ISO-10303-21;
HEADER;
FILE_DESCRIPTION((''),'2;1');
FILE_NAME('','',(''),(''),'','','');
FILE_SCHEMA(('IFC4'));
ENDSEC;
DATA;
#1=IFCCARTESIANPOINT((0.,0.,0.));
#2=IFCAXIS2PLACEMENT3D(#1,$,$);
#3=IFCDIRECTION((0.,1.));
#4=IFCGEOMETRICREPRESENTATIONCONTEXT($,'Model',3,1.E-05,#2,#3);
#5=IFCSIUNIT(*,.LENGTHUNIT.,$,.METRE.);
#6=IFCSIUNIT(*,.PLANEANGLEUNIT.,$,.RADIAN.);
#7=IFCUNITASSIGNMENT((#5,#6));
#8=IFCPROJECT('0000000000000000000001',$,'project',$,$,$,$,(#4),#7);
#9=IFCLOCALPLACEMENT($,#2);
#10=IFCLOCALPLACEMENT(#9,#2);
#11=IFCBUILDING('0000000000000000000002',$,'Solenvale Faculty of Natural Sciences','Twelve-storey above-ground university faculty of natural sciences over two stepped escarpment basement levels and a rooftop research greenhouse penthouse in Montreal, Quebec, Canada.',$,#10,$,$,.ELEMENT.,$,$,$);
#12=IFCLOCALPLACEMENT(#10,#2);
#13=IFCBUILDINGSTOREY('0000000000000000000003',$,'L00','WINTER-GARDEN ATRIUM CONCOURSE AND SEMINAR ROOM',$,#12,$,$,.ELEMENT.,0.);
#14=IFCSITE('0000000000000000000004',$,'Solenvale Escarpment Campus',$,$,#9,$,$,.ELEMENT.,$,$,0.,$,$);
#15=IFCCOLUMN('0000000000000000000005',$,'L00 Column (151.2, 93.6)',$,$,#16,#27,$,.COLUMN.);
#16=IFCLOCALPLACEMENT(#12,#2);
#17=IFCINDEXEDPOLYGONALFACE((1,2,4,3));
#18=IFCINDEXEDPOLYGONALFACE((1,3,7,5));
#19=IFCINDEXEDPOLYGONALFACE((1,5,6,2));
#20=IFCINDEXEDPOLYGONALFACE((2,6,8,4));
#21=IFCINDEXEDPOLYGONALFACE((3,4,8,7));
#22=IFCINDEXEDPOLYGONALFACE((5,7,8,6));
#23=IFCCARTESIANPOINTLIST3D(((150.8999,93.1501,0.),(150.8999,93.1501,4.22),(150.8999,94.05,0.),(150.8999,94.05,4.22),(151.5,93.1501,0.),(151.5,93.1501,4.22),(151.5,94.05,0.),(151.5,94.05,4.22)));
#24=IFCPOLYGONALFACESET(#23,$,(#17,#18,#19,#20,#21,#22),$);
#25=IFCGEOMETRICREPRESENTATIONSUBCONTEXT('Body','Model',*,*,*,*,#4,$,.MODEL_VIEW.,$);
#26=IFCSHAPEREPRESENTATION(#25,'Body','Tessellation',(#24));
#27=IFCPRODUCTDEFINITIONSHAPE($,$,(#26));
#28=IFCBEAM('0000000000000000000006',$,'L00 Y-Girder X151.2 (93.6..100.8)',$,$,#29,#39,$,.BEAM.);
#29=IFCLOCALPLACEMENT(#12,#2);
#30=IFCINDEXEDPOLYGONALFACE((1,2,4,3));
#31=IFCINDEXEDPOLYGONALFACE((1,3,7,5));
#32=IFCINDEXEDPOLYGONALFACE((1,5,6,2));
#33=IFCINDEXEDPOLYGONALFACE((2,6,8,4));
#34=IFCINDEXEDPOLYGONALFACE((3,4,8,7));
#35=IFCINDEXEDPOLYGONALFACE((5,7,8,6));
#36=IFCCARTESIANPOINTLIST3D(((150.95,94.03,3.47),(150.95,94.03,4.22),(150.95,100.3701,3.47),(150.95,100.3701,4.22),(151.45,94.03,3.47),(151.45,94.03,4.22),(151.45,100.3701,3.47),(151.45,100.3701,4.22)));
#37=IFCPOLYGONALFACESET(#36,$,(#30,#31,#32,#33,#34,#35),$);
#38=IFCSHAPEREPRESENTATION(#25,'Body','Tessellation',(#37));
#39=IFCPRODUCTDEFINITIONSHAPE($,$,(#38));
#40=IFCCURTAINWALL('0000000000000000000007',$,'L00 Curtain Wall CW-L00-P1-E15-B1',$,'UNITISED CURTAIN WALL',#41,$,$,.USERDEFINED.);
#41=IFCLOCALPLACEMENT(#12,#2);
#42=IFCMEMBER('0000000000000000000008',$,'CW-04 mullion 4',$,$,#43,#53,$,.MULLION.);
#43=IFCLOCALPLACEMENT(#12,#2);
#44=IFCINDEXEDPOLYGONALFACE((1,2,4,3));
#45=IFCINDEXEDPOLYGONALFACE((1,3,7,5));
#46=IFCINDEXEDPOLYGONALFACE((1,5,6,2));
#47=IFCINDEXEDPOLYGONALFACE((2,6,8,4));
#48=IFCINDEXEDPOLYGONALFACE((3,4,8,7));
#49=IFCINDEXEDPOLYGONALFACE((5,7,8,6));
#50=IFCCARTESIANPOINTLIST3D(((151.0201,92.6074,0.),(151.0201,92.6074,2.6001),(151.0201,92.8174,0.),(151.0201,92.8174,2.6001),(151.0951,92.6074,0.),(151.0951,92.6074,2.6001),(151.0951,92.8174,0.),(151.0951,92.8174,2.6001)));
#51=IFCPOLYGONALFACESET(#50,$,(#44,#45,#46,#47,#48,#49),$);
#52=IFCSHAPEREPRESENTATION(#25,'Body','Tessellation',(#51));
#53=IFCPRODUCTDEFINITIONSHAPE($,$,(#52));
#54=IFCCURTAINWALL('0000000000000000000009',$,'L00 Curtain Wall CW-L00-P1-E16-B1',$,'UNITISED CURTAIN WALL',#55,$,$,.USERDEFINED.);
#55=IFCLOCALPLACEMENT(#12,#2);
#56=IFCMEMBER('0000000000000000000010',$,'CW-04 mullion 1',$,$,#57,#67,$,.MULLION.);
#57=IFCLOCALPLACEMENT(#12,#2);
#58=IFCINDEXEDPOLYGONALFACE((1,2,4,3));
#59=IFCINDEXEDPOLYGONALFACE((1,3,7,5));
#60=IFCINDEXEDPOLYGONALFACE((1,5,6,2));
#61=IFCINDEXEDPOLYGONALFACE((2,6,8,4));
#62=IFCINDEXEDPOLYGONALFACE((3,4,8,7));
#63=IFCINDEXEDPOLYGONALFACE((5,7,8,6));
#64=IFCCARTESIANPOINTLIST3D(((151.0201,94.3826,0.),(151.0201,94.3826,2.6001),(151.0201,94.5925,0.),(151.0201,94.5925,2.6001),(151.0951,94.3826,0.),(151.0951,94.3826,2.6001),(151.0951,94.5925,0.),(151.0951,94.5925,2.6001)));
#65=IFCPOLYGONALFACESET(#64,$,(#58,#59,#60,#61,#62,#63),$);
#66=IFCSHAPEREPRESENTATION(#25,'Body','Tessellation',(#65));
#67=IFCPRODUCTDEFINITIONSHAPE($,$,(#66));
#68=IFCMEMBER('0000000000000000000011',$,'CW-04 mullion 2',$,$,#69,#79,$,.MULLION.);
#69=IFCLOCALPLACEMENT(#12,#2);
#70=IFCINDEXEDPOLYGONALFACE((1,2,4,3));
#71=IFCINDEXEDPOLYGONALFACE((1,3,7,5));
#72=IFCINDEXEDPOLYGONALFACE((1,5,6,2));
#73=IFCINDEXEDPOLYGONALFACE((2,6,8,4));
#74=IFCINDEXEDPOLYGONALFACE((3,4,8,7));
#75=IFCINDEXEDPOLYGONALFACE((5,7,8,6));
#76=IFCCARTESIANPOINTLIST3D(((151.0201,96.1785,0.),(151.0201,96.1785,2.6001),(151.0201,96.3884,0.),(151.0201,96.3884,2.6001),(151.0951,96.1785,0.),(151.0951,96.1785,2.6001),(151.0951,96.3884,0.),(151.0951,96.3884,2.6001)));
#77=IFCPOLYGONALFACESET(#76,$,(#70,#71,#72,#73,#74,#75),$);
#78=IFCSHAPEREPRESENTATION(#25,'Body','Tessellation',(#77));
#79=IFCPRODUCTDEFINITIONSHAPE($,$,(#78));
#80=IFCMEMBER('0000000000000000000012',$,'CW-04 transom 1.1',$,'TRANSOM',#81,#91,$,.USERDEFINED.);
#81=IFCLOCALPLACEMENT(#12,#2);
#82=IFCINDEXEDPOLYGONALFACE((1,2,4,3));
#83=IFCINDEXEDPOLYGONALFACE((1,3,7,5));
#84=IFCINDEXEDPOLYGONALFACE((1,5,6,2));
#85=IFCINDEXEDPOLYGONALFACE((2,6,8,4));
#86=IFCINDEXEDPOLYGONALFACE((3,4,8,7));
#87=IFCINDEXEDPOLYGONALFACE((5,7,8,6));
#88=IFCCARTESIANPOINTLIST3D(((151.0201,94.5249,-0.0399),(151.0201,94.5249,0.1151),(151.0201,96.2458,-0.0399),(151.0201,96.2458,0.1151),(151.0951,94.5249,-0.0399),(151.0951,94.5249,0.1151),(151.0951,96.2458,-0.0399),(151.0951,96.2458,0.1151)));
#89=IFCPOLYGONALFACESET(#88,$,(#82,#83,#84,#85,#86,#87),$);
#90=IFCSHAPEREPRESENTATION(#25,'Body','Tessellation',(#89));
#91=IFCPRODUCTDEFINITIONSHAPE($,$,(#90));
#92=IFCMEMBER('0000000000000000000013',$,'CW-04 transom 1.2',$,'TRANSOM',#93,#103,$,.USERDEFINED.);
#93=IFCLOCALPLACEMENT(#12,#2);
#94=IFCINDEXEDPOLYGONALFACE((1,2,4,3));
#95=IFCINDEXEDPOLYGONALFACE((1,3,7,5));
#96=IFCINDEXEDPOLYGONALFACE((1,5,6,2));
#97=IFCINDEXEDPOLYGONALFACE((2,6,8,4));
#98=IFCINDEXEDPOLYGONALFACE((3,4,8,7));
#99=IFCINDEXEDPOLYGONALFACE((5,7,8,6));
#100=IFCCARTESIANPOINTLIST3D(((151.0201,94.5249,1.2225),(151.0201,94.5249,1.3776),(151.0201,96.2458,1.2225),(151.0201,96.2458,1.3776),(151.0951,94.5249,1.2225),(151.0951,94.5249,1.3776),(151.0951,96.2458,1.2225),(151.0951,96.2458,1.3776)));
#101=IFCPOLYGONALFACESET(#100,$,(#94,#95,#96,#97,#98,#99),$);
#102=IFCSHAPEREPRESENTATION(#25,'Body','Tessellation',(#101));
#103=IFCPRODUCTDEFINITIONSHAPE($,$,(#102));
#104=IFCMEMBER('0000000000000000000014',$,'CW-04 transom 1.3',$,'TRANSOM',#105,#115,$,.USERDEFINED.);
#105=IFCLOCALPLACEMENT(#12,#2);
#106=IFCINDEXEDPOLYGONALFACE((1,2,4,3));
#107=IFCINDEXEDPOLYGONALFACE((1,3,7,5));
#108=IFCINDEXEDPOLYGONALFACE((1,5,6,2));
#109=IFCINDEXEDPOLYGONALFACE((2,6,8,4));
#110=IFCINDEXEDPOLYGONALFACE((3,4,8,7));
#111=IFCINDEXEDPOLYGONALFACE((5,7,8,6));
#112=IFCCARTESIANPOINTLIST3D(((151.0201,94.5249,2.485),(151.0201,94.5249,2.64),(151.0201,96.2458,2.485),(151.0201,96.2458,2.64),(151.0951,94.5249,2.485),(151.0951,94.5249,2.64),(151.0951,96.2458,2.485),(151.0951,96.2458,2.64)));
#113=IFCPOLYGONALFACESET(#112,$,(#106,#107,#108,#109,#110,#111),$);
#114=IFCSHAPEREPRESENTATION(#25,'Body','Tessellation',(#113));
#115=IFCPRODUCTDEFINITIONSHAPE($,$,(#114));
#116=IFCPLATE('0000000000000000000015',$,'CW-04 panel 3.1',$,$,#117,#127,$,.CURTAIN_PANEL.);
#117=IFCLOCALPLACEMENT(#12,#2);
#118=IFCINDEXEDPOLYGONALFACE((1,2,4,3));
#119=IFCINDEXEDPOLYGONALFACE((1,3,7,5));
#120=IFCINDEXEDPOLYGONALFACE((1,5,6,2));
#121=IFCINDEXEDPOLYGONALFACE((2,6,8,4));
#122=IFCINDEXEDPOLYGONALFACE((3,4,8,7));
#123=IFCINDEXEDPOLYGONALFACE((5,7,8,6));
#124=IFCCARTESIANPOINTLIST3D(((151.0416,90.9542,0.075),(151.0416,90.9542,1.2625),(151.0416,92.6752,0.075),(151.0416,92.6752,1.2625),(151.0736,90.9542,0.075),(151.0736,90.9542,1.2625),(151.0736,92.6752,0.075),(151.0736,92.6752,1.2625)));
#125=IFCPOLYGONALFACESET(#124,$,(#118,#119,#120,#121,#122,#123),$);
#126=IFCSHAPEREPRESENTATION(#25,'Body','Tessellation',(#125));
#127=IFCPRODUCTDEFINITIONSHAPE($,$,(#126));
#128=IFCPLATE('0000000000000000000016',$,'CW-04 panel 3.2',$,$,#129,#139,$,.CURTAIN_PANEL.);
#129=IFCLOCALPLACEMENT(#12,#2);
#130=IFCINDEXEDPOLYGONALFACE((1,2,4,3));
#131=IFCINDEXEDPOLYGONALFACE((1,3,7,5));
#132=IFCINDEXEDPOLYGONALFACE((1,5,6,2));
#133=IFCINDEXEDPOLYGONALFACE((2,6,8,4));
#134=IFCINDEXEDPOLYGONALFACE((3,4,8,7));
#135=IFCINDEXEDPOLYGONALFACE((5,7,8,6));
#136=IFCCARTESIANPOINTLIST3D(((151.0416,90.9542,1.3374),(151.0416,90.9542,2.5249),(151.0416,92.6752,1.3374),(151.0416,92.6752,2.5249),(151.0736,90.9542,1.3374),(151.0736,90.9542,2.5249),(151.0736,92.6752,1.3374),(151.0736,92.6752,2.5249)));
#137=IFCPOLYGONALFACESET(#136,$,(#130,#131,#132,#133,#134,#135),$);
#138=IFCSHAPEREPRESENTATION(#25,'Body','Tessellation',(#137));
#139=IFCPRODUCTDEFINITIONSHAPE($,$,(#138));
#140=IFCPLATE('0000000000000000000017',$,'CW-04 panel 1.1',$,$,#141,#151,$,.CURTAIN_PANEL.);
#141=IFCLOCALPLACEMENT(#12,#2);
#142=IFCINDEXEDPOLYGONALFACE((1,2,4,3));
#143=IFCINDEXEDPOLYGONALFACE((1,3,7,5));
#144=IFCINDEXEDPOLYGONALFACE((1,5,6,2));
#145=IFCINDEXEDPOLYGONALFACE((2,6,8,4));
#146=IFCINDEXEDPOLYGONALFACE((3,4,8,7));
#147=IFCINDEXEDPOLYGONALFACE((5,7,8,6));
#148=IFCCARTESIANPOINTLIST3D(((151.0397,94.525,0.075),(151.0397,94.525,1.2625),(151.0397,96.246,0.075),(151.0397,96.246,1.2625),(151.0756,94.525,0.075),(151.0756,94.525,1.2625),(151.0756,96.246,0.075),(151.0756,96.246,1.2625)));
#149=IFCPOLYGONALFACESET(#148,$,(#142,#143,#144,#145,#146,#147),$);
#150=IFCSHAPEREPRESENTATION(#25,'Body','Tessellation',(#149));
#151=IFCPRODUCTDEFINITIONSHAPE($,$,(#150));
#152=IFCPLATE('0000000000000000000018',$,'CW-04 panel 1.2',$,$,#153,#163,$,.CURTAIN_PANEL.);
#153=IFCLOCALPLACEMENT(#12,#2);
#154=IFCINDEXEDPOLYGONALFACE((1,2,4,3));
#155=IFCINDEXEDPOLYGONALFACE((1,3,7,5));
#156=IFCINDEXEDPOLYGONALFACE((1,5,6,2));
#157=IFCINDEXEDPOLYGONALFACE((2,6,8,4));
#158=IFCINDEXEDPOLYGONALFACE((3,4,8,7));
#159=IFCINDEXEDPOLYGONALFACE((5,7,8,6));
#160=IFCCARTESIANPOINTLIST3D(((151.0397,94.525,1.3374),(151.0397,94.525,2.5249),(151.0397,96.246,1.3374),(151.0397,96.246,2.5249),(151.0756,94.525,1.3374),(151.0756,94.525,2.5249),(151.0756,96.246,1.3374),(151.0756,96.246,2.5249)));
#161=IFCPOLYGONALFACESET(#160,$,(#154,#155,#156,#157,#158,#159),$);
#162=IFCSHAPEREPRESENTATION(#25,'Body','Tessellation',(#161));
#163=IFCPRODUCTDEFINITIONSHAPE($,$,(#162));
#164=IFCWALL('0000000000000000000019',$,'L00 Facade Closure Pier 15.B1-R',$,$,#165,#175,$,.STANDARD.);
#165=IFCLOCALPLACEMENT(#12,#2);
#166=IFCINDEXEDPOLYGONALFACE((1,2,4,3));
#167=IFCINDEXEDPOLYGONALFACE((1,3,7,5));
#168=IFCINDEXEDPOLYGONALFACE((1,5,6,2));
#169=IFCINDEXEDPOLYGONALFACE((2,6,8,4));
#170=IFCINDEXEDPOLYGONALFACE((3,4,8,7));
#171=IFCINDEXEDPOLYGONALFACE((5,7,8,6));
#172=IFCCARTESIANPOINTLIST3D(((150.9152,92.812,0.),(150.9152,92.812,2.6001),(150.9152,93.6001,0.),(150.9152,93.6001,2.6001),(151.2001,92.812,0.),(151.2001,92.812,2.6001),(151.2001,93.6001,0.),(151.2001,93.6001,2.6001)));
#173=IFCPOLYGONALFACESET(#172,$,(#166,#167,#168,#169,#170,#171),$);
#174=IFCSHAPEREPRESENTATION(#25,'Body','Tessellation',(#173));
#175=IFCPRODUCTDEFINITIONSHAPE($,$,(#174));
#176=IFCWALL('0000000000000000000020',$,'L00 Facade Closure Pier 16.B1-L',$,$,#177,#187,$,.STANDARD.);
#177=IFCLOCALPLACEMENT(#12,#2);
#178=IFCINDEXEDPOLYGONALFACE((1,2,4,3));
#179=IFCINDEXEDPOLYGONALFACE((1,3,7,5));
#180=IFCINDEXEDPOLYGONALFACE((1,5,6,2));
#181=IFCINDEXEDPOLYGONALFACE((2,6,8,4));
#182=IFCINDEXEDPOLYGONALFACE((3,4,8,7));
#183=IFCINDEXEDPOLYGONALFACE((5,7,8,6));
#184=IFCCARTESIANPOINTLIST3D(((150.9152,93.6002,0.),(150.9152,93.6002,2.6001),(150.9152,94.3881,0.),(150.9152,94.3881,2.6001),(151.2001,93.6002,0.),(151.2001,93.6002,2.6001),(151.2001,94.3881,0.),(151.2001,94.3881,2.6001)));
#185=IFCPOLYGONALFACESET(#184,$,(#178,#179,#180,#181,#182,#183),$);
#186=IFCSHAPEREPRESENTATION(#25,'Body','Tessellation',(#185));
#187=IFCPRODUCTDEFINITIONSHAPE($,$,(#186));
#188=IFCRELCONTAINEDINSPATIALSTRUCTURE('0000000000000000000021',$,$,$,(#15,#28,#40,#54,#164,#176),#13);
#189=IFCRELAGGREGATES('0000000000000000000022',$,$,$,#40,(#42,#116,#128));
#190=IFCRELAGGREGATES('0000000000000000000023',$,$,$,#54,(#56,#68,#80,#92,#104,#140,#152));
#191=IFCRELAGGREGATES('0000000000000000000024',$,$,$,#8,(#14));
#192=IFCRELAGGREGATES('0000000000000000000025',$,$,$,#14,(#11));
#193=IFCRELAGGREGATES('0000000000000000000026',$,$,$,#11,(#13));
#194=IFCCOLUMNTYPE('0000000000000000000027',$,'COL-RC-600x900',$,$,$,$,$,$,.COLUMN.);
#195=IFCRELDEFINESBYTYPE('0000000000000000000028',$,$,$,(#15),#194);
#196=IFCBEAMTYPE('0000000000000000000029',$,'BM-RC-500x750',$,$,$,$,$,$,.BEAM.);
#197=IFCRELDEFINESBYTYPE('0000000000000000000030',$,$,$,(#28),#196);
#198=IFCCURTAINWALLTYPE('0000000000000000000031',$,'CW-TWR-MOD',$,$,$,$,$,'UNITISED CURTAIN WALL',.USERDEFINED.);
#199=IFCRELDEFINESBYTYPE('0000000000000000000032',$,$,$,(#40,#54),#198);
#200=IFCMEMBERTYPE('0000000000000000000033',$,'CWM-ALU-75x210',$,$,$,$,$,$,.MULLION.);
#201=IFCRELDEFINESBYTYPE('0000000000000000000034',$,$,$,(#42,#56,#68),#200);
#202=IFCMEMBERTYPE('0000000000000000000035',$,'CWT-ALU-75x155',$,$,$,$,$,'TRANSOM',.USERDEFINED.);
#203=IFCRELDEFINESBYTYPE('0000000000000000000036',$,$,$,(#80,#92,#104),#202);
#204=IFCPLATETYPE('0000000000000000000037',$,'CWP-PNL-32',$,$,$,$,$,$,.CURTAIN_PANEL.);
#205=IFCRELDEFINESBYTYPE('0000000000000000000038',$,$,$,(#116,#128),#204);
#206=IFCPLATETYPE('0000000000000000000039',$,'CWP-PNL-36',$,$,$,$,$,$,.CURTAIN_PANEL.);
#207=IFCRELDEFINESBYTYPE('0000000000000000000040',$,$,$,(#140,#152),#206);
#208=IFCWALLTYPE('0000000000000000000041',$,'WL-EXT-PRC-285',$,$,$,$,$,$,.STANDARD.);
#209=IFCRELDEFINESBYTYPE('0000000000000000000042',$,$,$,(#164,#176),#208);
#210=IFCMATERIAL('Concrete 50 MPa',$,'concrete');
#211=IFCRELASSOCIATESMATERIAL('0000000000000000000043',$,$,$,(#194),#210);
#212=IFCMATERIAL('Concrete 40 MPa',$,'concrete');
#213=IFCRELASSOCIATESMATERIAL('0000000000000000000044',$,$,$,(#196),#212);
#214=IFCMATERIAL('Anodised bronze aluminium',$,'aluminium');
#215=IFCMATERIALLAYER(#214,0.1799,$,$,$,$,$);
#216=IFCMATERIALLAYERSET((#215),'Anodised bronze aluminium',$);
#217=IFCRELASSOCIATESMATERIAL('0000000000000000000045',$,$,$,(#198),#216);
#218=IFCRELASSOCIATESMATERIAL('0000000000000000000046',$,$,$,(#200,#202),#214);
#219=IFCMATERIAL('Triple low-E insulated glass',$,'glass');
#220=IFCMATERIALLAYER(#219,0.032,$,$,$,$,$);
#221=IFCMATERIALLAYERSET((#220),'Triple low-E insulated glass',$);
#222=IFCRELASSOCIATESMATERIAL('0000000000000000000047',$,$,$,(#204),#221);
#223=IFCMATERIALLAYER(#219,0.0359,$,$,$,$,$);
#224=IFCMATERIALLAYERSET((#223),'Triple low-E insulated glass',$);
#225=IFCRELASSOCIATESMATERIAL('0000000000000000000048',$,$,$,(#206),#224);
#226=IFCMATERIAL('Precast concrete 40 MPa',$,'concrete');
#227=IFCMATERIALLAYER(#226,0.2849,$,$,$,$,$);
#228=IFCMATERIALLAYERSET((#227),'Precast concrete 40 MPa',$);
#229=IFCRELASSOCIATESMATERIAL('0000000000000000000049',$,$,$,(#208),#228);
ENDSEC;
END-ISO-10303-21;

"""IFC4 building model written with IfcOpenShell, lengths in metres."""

from ifc_helpers import new_model, si_unit, direction, frame, frame_2d, origin, origin_2d, place, context, subcontext, project, spatial, rectangle, extrude, material, layer, layer_set, material_profile, profile_set, type_object, element, aggregate, save


model = new_model("IFC4")

# Units and contexts
model_context = context("Model", 3, precision=1e-05, world=origin(), true_north=direction((0.0, 1.0)))
body_context = subcontext(model_context, "Body", "Model", "MODEL_VIEW")
ifc_project = project(units=[si_unit("LENGTHUNIT", "METRE"), si_unit("PLANEANGLEUNIT", "RADIAN")], contexts=[model_context])

# Site, building, storey
site_placement = place(None, origin())
site = spatial("IfcSite", under=ifc_project, at=site_placement, Name="Solenvale Escarpment Campus", CompositionType="ELEMENT", RefElevation=0.0)
building_placement = place(site_placement, origin())
building = spatial("IfcBuilding", under=site, at=building_placement, Name="Solenvale Faculty of Natural Sciences", Description="Twelve-storey above-ground university faculty of natural sciences over two stepped escarpment basement levels and a rooftop research greenhouse penthouse in Montreal, Quebec, Canada.", CompositionType="ELEMENT")
storey_placement = place(building_placement, origin())
storey = spatial("IfcBuildingStorey", under=building, at=storey_placement, Name="L00", Description="WINTER-GARDEN ATRIUM CONCOURSE AND SEMINAR ROOM", CompositionType="ELEMENT", Elevation=0.0)

# Column
ifc_material_1 = material(Name="Concrete 50 MPa", Category="concrete")
ifc_material_profile_1 = material_profile(ifc_material_1, rectangle(XDim=0.6001, YDim=0.8999, at=origin_2d()), Name="RC-COL-600x900")
ifc_profile_set_1 = profile_set([ifc_material_profile_1], Name="Concrete 50 MPa")
column_type = type_object("IfcColumnType", Name="COL-RC-600x900", PredefinedType="COLUMN", material=ifc_profile_set_1)
column_placement = place(storey_placement, frame((151.2, 93.6001, 0.0), z_axis=(0.0, 0.0, 1.0), x_axis=(1.0, 0.0, 0.0)))
element("IfcColumn", 1, at=column_placement, inside=storey, type_object=column_type, Name="L00 Column (151.2, 93.6)", PredefinedType="COLUMN", context=body_context, shape_type="SweptSolid", body=[
    extrude(rectangle(XDim=0.6001, YDim=0.8999, at=origin_2d()), origin(), (0.0, 0.0, 1.0), 4.22),
])

# Beam
ifc_material_2 = material(Name="Concrete 40 MPa", Category="concrete")
ifc_material_profile_2 = material_profile(ifc_material_2, rectangle(XDim=0.5, YDim=0.75, at=origin_2d()), Name="RC-BM-500x750")
ifc_profile_set_2 = profile_set([ifc_material_profile_2], Name="Concrete 40 MPa")
beam_type = type_object("IfcBeamType", Name="BM-RC-500x750", PredefinedType="BEAM", material=ifc_profile_set_2)
beam_placement = place(storey_placement, frame((151.2, 94.03, 3.845), z_axis=(0.0, 1.0, 0.0), x_axis=(-1.0, 0.0, 0.0)))
element("IfcBeam", 2, at=beam_placement, inside=storey, type_object=beam_type, Name="L00 Y-Girder X151.2 (93.6..100.8)", PredefinedType="BEAM", context=body_context, shape_type="SweptSolid", body=[
    extrude(rectangle(XDim=0.5, YDim=0.75, at=origin_2d()), origin(), (0.0, 0.0, 1.0), 6.3401),
])

# Curtain wall, member
ifc_material_3 = material(Name="Anodised bronze aluminium", Category="aluminium")
ifc_layer_1 = layer(ifc_material_3, 0.1799)
ifc_layer_set_1 = layer_set([ifc_layer_1], Name="Anodised bronze aluminium")
curtain_wall_type = type_object("IfcCurtainWallType", Name="CW-TWR-MOD", ElementType="UNITISED CURTAIN WALL", PredefinedType="USERDEFINED", material=ifc_layer_set_1)
curtain_wall_1_placement = place(storey_placement, origin())
curtain_wall_1 = element("IfcCurtainWall", 3, at=curtain_wall_1_placement, inside=storey, type_object=curtain_wall_type, Name="L00 Curtain Wall CW-L00-P1-E15-B1", ObjectType="UNITISED CURTAIN WALL", PredefinedType="USERDEFINED")
ifc_material_profile_3 = material_profile(ifc_material_3, rectangle(XDim=0.075, YDim=0.21, at=origin_2d()), Name="ALU-MUL-75x210")
ifc_profile_set_3 = profile_set([ifc_material_profile_3], Name="Anodised bronze aluminium")
member_type_1 = type_object("IfcMemberType", Name="CWM-ALU-75x210", PredefinedType="MULLION", material=ifc_profile_set_3)
member_1_placement = place(storey_placement, frame((151.0576, 92.7124, 0.0), z_axis=(0.0, 0.0, 1.0), x_axis=(-1.0, 0.0, 0.0)))
member_1 = element("IfcMember", 4, at=member_1_placement, type_object=member_type_1, Name="CW-04 mullion 4", PredefinedType="MULLION", context=body_context, shape_type="SweptSolid", body=[
    extrude(rectangle(XDim=0.075, YDim=0.21, at=origin_2d()), origin(), (0.0, 0.0, 1.0), 2.6001),
])

# Curtain wall, members
curtain_wall_2_placement = place(storey_placement, origin())
curtain_wall_2 = element("IfcCurtainWall", 5, at=curtain_wall_2_placement, inside=storey, type_object=curtain_wall_type, Name="L00 Curtain Wall CW-L00-P1-E16-B1", ObjectType="UNITISED CURTAIN WALL", PredefinedType="USERDEFINED")
member_2_placement = place(storey_placement, frame((151.0576, 94.4875, 0.0), z_axis=(0.0, 0.0, 1.0), x_axis=(-1.0, 0.0, 0.0)))
member_2 = element("IfcMember", 6, at=member_2_placement, type_object=member_type_1, Name="CW-04 mullion 1", PredefinedType="MULLION", context=body_context, shape_type="SweptSolid", body=[
    extrude(rectangle(XDim=0.075, YDim=0.21, at=origin_2d()), origin(), (0.0, 0.0, 1.0), 2.6001),
])
member_3_placement = place(storey_placement, frame((151.0576, 96.2834, 0.0), z_axis=(0.0, 0.0, 1.0), x_axis=(-1.0, 0.0, 0.0)))
member_3 = element("IfcMember", 7, at=member_3_placement, type_object=member_type_1, Name="CW-04 mullion 2", PredefinedType="MULLION", context=body_context, shape_type="SweptSolid", body=[
    extrude(rectangle(XDim=0.075, YDim=0.21, at=origin_2d()), origin(), (0.0, 0.0, 1.0), 2.6001),
])
ifc_material_profile_4 = material_profile(ifc_material_3, rectangle(XDim=0.075, YDim=0.155, at=origin_2d()), Name="ALU-TRN-75x155")
ifc_profile_set_4 = profile_set([ifc_material_profile_4], Name="Anodised bronze aluminium")
member_type_2 = type_object("IfcMemberType", Name="CWT-ALU-75x155", ElementType="TRANSOM", PredefinedType="USERDEFINED", material=ifc_profile_set_4)
member_4_placement = place(storey_placement, frame((151.0576, 94.5249, 0.0376), z_axis=(0.0, 1.0, 0.0), x_axis=(-1.0, 0.0, 0.0)))
member_4 = element("IfcMember", 8, at=member_4_placement, type_object=member_type_2, Name="CW-04 transom 1.1", ObjectType="TRANSOM", PredefinedType="USERDEFINED", context=body_context, shape_type="SweptSolid", body=[
    extrude(rectangle(XDim=0.075, YDim=0.155, at=origin_2d()), origin(), (0.0, 0.0, 1.0), 1.7209),
])
member_5_placement = place(storey_placement, frame((151.0576, 94.5249, 1.3), z_axis=(0.0, 1.0, 0.0), x_axis=(-1.0, 0.0, 0.0)))
member_5 = element("IfcMember", 9, at=member_5_placement, type_object=member_type_2, Name="CW-04 transom 1.2", ObjectType="TRANSOM", PredefinedType="USERDEFINED", context=body_context, shape_type="SweptSolid", body=[
    extrude(rectangle(XDim=0.075, YDim=0.155, at=origin_2d()), origin(), (0.0, 0.0, 1.0), 1.7209),
])
member_6_placement = place(storey_placement, frame((151.0576, 94.5249, 2.5625), z_axis=(0.0, 1.0, 0.0), x_axis=(-1.0, 0.0, 0.0)))
member_6 = element("IfcMember", 10, at=member_6_placement, type_object=member_type_2, Name="CW-04 transom 1.3", ObjectType="TRANSOM", PredefinedType="USERDEFINED", context=body_context, shape_type="SweptSolid", body=[
    extrude(rectangle(XDim=0.075, YDim=0.155, at=origin_2d()), origin(), (0.0, 0.0, 1.0), 1.7209),
])

# Plates
ifc_material_4 = material(Name="Triple low-E insulated glass", Category="glass")
ifc_layer_2 = layer(ifc_material_4, 0.032)
ifc_layer_set_2 = layer_set([ifc_layer_2], Name="Triple low-E insulated glass")
plate_type_1 = type_object("IfcPlateType", Name="CWP-PNL-32", PredefinedType="CURTAIN_PANEL", material=ifc_layer_set_2)
plate_1_placement = place(storey_placement, frame((151.0576, 91.8147, 0.075), z_axis=(0.0, 0.0, 1.0), x_axis=(0.0, 1.0, 0.0)))
plate_1 = element("IfcPlate", 11, at=plate_1_placement, type_object=plate_type_1, Name="CW-04 panel 3.1", PredefinedType="CURTAIN_PANEL", context=body_context, shape_type="SweptSolid", body=[
    extrude(rectangle(XDim=1.7209, YDim=0.032, at=origin_2d()), origin(), (0.0, 0.0, 1.0), 1.1875),
])
plate_2_placement = place(storey_placement, frame((151.0576, 91.8147, 1.3374), z_axis=(0.0, 0.0, 1.0), x_axis=(0.0, 1.0, 0.0)))
plate_2 = element("IfcPlate", 12, at=plate_2_placement, type_object=plate_type_1, Name="CW-04 panel 3.2", PredefinedType="CURTAIN_PANEL", context=body_context, shape_type="SweptSolid", body=[
    extrude(rectangle(XDim=1.7209, YDim=0.032, at=origin_2d()), origin(), (0.0, 0.0, 1.0), 1.1875),
])
aggregate(curtain_wall_1, [member_1, plate_1, plate_2])
ifc_layer_3 = layer(ifc_material_4, 0.0359)
ifc_layer_set_3 = layer_set([ifc_layer_3], Name="Triple low-E insulated glass")
plate_type_2 = type_object("IfcPlateType", Name="CWP-PNL-36", PredefinedType="CURTAIN_PANEL", material=ifc_layer_set_3)
plate_3_placement = place(storey_placement, frame((151.0576, 95.3855, 0.075), z_axis=(0.0, 0.0, 1.0), x_axis=(0.0, 1.0, 0.0)))
plate_3 = element("IfcPlate", 13, at=plate_3_placement, type_object=plate_type_2, Name="CW-04 panel 1.1", PredefinedType="CURTAIN_PANEL", context=body_context, shape_type="SweptSolid", body=[
    extrude(rectangle(XDim=1.7209, YDim=0.0359, at=origin_2d()), origin(), (0.0, 0.0, 1.0), 1.1875),
])
plate_4_placement = place(storey_placement, frame((151.0576, 95.3855, 1.3374), z_axis=(0.0, 0.0, 1.0), x_axis=(0.0, 1.0, 0.0)))
plate_4 = element("IfcPlate", 14, at=plate_4_placement, type_object=plate_type_2, Name="CW-04 panel 1.2", PredefinedType="CURTAIN_PANEL", context=body_context, shape_type="SweptSolid", body=[
    extrude(rectangle(XDim=1.7209, YDim=0.0359, at=origin_2d()), origin(), (0.0, 0.0, 1.0), 1.1875),
])
aggregate(curtain_wall_2, [member_2, member_3, member_4, member_5, member_6, plate_3, plate_4])

# Walls
ifc_material_5 = material(Name="Precast concrete 40 MPa", Category="concrete")
ifc_layer_4 = layer(ifc_material_5, 0.2849)
ifc_layer_set_4 = layer_set([ifc_layer_4], Name="Precast concrete 40 MPa")
wall_type_1 = type_object("IfcWallType", Name="WL-EXT-PRC-285", PredefinedType="STANDARD", material=ifc_layer_set_4)
wall_1_placement = place(storey_placement, frame((151.0576, 92.812, 0.0), z_axis=(0.0, 0.0, 1.0), x_axis=(0.0, 1.0, 0.0)))
element("IfcWall", 15, at=wall_1_placement, inside=storey, type_object=wall_type_1, Name="L00 Facade Closure Pier 15.B1-R", PredefinedType="STANDARD", context=body_context, shape_type="SweptSolid", body=[
    extrude(rectangle(XDim=0.7881, YDim=0.2849, at=frame_2d((0.394, 0.0))), origin(), (0.0, 0.0, 1.0), 2.6001),
])
wall_2_placement = place(storey_placement, frame((151.0576, 93.6001, 0.0), z_axis=(0.0, 0.0, 1.0), x_axis=(0.0, 1.0, 0.0)))
element("IfcWall", 16, at=wall_2_placement, inside=storey, type_object=wall_type_1, Name="L00 Facade Closure Pier 16.B1-L", PredefinedType="STANDARD", context=body_context, shape_type="SweptSolid", body=[
    extrude(rectangle(XDim=0.7878, YDim=0.2849, at=frame_2d((0.394, 0.0))), origin(), (0.0, 0.0, 1.0), 2.6001),
])

save(model, "model.ifc")
